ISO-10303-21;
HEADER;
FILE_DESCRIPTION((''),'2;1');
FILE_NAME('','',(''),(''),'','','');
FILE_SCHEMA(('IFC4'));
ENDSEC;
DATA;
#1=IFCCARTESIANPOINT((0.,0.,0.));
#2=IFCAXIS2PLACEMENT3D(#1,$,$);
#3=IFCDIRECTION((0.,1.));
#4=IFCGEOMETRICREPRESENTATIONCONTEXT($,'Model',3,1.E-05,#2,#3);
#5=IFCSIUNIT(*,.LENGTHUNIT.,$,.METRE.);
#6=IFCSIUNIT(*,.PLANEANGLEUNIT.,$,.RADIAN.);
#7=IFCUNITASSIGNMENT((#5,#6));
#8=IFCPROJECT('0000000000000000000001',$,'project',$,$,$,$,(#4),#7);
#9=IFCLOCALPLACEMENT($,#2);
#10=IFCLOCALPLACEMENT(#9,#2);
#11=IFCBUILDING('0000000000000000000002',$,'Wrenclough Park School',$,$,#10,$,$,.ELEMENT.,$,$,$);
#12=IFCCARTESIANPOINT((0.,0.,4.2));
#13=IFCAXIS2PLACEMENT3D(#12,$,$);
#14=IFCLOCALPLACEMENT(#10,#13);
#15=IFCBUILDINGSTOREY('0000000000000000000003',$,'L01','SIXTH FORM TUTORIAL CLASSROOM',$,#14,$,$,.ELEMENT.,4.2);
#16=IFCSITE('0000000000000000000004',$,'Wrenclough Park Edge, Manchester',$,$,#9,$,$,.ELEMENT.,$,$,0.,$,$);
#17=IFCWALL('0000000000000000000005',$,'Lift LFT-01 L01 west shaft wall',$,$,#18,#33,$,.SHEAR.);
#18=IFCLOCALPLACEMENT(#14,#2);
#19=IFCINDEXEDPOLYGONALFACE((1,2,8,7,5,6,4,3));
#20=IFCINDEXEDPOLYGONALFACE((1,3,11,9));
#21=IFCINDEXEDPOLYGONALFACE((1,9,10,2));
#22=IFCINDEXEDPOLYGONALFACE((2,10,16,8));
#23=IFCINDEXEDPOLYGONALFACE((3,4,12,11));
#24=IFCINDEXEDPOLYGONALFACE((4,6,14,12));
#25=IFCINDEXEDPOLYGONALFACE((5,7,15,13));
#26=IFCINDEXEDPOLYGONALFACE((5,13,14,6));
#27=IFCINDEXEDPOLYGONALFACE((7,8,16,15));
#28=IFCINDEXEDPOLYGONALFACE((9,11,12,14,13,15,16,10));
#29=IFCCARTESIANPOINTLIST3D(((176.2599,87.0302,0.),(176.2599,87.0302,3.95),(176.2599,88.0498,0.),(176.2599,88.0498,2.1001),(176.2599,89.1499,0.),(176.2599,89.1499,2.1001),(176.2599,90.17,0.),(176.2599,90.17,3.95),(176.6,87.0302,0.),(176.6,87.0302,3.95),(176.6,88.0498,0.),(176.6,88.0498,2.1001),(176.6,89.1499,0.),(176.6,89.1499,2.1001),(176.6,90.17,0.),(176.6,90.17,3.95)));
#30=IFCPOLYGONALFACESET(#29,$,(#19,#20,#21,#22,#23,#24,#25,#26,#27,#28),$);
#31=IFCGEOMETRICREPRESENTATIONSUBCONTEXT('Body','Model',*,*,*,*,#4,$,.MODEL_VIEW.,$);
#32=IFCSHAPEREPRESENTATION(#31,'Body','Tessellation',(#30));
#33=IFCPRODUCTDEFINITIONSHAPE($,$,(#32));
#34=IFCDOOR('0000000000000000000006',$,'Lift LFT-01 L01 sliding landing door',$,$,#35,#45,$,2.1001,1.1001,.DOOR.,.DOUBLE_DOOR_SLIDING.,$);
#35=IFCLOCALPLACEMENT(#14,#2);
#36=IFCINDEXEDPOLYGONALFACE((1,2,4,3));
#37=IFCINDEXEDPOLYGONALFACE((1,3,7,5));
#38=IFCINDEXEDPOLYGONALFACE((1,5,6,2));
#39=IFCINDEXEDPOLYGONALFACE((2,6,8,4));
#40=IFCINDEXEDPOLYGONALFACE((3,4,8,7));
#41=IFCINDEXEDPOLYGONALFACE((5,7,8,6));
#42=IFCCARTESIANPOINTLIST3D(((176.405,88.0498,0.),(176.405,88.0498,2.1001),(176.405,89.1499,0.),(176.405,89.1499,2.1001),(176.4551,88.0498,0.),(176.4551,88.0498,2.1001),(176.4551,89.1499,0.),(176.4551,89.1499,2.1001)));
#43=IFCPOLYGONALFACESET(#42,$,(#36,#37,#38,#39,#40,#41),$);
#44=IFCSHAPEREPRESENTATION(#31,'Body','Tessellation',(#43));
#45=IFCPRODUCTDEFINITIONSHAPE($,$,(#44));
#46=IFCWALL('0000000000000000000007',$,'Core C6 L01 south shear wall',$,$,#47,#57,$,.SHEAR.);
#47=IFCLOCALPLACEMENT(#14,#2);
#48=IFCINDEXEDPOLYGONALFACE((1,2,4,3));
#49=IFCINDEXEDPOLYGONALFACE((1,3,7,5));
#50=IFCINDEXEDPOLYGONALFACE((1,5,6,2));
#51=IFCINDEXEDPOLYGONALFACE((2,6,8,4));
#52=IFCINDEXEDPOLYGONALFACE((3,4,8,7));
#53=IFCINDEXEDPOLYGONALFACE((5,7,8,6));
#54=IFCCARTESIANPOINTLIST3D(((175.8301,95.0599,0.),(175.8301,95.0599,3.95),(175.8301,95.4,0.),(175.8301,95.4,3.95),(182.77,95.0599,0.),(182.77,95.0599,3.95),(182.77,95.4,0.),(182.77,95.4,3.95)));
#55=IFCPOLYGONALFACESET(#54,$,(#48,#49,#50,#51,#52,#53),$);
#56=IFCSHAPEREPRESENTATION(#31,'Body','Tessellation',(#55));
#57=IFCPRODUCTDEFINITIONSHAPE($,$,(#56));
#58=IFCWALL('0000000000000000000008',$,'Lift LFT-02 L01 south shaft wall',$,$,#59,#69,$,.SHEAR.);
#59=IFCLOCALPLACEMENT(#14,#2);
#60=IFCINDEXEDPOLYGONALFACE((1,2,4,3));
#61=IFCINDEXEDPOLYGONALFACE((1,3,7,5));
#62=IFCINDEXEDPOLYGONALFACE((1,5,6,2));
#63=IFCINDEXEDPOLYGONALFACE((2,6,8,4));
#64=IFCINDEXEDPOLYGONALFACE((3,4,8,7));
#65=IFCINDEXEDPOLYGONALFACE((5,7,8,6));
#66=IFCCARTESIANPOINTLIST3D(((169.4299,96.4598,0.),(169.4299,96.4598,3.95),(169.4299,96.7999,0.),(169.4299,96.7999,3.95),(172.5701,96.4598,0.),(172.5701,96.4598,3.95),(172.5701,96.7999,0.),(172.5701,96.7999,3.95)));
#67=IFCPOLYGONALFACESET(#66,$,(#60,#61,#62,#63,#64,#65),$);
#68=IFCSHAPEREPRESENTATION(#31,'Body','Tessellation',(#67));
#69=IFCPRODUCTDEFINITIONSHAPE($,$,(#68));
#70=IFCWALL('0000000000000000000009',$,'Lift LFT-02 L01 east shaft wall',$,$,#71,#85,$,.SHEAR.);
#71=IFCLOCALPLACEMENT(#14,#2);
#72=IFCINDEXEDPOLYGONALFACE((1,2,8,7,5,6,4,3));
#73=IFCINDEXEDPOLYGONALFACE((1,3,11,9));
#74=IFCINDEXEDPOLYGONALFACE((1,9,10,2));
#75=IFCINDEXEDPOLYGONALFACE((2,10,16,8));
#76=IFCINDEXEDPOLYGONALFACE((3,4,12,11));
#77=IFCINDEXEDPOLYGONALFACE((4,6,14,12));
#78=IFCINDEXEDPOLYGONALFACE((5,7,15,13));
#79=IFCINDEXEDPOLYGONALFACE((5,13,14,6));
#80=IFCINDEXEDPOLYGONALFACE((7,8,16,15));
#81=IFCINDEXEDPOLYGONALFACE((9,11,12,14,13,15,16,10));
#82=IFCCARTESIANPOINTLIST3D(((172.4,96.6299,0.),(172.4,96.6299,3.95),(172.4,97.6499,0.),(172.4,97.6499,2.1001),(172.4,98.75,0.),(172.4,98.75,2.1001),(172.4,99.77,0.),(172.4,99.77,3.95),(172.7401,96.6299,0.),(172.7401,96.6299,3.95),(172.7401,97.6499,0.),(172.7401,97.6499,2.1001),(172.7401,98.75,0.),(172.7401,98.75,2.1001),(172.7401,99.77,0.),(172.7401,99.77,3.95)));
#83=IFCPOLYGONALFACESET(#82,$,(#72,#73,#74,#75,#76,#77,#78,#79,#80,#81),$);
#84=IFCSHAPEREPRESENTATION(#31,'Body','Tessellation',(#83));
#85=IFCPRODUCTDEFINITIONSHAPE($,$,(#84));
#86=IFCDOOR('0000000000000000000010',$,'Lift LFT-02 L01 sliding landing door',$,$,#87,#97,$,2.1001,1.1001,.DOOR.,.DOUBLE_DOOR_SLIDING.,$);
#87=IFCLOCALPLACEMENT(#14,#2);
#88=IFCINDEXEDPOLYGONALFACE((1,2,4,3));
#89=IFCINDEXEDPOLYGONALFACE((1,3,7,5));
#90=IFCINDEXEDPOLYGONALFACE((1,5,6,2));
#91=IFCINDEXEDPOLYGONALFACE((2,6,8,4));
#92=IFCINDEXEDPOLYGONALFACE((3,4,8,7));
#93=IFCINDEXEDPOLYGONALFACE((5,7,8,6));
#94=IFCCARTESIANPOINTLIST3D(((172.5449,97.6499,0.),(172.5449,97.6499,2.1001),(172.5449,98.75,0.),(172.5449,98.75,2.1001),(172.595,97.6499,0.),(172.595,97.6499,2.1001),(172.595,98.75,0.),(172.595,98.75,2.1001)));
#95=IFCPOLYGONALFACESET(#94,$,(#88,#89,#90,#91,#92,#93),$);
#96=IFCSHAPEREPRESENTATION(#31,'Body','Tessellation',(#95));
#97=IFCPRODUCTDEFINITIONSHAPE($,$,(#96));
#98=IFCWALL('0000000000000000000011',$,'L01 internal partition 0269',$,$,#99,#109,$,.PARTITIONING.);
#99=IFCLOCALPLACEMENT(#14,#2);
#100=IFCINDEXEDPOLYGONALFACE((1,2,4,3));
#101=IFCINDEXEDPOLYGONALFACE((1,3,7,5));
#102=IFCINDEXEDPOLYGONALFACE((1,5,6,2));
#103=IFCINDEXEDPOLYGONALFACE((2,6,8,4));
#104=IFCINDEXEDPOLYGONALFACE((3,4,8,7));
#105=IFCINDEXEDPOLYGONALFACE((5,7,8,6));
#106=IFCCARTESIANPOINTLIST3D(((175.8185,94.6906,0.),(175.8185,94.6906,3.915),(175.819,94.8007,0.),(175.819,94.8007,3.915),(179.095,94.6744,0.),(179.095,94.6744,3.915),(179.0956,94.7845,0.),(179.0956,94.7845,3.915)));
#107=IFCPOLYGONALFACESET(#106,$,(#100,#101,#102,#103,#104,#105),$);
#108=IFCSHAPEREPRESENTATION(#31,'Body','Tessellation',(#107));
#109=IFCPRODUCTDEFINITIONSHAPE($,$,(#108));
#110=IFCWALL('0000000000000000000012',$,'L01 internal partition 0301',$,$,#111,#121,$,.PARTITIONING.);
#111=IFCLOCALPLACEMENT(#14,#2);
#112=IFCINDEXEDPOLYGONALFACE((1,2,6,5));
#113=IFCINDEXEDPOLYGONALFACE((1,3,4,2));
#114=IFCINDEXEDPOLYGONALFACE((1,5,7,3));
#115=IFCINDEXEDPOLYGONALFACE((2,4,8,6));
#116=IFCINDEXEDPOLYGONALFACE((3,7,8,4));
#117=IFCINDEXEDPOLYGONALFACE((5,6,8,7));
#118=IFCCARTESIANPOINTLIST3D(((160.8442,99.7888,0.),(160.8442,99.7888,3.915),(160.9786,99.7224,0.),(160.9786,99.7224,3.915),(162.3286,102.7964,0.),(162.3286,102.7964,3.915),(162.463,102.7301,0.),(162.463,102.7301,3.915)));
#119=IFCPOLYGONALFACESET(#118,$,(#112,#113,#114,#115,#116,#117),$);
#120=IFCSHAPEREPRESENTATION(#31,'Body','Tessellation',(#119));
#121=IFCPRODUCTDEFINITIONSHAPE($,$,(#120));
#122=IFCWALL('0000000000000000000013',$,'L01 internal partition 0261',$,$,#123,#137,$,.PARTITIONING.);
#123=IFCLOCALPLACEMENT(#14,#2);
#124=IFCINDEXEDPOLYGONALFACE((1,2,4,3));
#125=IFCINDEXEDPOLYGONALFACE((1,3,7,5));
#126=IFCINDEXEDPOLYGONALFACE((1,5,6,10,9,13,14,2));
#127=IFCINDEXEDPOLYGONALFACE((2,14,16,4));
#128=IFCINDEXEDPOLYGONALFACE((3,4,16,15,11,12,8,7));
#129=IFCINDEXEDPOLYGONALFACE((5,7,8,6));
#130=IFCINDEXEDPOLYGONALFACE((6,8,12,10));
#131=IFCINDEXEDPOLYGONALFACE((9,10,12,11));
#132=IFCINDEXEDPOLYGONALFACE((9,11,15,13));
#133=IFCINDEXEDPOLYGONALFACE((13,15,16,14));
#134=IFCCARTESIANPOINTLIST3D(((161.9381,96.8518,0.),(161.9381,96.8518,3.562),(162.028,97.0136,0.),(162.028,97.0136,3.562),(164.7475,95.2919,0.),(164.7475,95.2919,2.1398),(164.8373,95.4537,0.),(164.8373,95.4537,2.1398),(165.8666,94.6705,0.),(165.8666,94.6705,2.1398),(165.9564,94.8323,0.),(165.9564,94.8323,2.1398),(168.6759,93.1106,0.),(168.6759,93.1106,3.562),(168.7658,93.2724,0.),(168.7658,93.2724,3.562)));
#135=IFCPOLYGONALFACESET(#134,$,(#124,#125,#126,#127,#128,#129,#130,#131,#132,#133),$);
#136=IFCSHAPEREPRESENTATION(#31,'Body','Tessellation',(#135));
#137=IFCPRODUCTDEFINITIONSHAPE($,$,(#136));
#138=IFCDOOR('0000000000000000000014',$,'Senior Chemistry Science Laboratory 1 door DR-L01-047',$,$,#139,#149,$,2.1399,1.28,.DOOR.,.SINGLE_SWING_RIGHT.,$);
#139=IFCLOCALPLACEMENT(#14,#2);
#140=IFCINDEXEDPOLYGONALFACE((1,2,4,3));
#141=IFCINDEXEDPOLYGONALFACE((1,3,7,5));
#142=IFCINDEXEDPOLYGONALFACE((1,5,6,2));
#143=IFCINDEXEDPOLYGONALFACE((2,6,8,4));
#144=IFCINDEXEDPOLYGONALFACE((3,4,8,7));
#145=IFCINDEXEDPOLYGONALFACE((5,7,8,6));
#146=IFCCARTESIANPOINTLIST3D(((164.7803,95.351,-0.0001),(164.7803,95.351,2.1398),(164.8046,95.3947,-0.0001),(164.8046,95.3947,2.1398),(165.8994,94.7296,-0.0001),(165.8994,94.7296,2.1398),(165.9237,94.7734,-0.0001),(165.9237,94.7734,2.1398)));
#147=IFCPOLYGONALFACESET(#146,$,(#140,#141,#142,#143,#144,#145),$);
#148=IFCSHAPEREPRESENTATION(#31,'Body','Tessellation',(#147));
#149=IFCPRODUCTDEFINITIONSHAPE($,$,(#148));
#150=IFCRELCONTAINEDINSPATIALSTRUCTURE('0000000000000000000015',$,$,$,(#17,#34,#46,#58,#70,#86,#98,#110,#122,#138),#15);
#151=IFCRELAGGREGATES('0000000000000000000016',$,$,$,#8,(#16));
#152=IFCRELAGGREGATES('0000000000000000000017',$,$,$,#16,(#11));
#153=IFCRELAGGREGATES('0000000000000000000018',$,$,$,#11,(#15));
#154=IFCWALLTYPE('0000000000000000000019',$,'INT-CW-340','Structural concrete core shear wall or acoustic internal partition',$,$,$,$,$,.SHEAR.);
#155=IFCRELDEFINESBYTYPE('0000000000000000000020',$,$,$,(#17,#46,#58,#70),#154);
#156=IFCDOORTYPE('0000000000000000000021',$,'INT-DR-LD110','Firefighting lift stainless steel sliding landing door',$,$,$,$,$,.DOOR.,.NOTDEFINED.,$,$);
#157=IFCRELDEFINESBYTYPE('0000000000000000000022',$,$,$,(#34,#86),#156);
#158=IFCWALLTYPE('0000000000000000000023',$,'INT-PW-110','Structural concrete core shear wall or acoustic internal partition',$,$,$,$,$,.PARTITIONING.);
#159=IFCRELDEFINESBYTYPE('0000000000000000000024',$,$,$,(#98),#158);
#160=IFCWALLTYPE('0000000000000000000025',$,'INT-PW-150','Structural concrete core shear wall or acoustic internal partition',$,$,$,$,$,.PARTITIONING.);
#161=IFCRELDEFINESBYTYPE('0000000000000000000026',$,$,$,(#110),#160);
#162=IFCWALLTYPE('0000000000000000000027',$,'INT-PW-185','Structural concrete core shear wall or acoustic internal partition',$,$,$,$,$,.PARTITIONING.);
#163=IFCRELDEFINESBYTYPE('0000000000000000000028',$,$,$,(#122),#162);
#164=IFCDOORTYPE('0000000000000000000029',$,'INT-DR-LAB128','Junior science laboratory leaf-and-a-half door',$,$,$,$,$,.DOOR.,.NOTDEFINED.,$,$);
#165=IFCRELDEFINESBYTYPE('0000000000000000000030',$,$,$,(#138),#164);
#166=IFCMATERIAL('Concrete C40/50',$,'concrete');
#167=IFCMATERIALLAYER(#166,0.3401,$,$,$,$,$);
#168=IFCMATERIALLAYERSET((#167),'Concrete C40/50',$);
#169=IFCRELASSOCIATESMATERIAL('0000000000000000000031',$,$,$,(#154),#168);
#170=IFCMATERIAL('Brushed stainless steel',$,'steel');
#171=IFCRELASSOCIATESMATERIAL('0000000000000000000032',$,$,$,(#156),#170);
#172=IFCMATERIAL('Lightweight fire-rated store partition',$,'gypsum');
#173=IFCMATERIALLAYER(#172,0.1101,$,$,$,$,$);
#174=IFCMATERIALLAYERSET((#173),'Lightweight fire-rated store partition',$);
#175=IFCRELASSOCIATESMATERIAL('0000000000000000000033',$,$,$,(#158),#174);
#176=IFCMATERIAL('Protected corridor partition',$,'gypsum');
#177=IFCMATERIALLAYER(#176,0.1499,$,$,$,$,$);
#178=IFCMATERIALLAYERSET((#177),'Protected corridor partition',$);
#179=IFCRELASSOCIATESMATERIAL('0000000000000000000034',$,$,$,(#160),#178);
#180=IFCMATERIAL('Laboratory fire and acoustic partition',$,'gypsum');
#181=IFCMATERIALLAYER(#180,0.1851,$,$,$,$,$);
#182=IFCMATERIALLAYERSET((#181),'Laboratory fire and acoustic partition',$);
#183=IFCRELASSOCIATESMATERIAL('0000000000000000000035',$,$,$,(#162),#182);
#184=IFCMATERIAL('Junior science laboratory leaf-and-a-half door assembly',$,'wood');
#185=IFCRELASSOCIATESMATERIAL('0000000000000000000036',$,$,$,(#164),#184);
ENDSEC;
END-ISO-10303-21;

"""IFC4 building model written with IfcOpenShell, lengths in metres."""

from ifc_helpers import new_model, si_unit, direction, frame, frame_2d, origin, place, context, subcontext, project, spatial, rectangle, extrude, material, layer, layer_set, type_object, element, fill, save


model = new_model("IFC4")

# Units and contexts
model_context = context("Model", 3, precision=1e-05, world=origin(), true_north=direction((0.0, 1.0)))
body_context = subcontext(model_context, "Body", "Model", "MODEL_VIEW")
ifc_project = project(units=[si_unit("LENGTHUNIT", "METRE"), si_unit("PLANEANGLEUNIT", "RADIAN")], contexts=[model_context])

# Site, building, storey
site_placement = place(None, origin())
site = spatial("IfcSite", under=ifc_project, at=site_placement, Name="Wrenclough Park Edge, Manchester", CompositionType="ELEMENT", RefElevation=0.0)
building_placement = place(site_placement, origin())
building = spatial("IfcBuilding", under=site, at=building_placement, Name="Wrenclough Park School", CompositionType="ELEMENT")
storey_placement = place(building_placement, frame((0.0, 0.0, 4.2)))
storey = spatial("IfcBuildingStorey", under=building, at=storey_placement, Name="L01", Description="SIXTH FORM TUTORIAL CLASSROOM", CompositionType="ELEMENT", Elevation=4.2)

# Shared definitions
ifc_material_1 = material(Name="Concrete C40/50", Category="concrete")

# Shared definitions
ifc_layer_1 = layer(ifc_material_1, 0.3401)
ifc_layer_set_1 = layer_set([ifc_layer_1], Name="Concrete C40/50")
wall_type_1 = type_object("IfcWallType", Name="INT-CW-340", Description="Structural concrete core shear wall or acoustic internal partition", PredefinedType="SHEAR", material=ifc_layer_set_1)

# Wall, opening, door
wall_1_placement = place(storey_placement, frame((176.4299, 90.1699, 0.0), z_axis=(0.0, 0.0, 1.0), x_axis=(0.0, -1.0, 0.0)))
wall_1 = element("IfcWall", 1, at=wall_1_placement, inside=storey, type_object=wall_type_1, Name="Lift LFT-01 L01 west shaft wall", PredefinedType="SHEAR", context=body_context, shape_type="SweptSolid", body=[
    extrude(rectangle(XDim=3.1399, YDim=0.3401, at=frame_2d((1.5698, 0.0))), origin(), (0.0, 0.0, 1.0), 3.95),
])
opening_1_placement = place(wall_1_placement, frame((1.02, 0.0, 0.0)))
opening_1 = element("IfcOpeningElement", 2, at=opening_1_placement, cuts=wall_1, PredefinedType="OPENING", context=body_context, shape_type="SweptSolid", body=[
    extrude(rectangle(XDim=1.1001, YDim=2.1001, at=frame_2d((0.55, 1.05))), frame((0.0, 0.1799, 0.0), z_axis=(0.0, -1.0, 0.0), x_axis=(1.0, 0.0, 0.0)), (0.0, 0.0, 1.0), 0.3601),
])
ifc_material_2 = material(Name="Brushed stainless steel", Category="steel")
door_type_1 = type_object("IfcDoorType", Name="INT-DR-LD110", Description="Firefighting lift stainless steel sliding landing door", OperationType="NOTDEFINED", PredefinedType="DOOR", material=ifc_material_2)
door_1_placement = place(opening_1_placement, frame((1.1001, 0.0, 0.0), z_axis=(0.0, 0.0, 1.0), x_axis=(-1.0, 0.0, 0.0)))
door_1 = element("IfcDoor", 3, at=door_1_placement, inside=storey, type_object=door_type_1, Name="Lift LFT-01 L01 sliding landing door", OperationType="DOUBLE_DOOR_SLIDING", OverallHeight=2.1001, OverallWidth=1.1001, PredefinedType="DOOR", context=body_context, shape_type="SweptSolid", body=[
    extrude(rectangle(XDim=1.1001, YDim=2.1001, at=frame_2d((0.55, 1.05))), frame((0.0, 0.0249, 0.0), z_axis=(0.0, -1.0, 0.0), x_axis=(1.0, 0.0, 0.0)), (0.0, 0.0, 1.0), 0.05),
])
fill(opening_1, door_1)

# Walls
wall_2_placement = place(storey_placement, frame((175.8301, 95.23, 0.0), z_axis=(0.0, 0.0, 1.0), x_axis=(1.0, 0.0, 0.0)))
element("IfcWall", 4, at=wall_2_placement, inside=storey, type_object=wall_type_1, Name="Core C6 L01 south shear wall", PredefinedType="SHEAR", context=body_context, shape_type="SweptSolid", body=[
    extrude(rectangle(XDim=6.9399, YDim=0.3401, at=frame_2d((3.47, 0.0))), origin(), (0.0, 0.0, 1.0), 3.95),
])
wall_3_placement = place(storey_placement, frame((169.4299, 96.6299, 0.0), z_axis=(0.0, 0.0, 1.0), x_axis=(1.0, 0.0, 0.0)))
element("IfcWall", 5, at=wall_3_placement, inside=storey, type_object=wall_type_1, Name="Lift LFT-02 L01 south shaft wall", PredefinedType="SHEAR", context=body_context, shape_type="SweptSolid", body=[
    extrude(rectangle(XDim=3.1401, YDim=0.3401, at=frame_2d((1.5701, 0.0))), origin(), (0.0, 0.0, 1.0), 3.95),
])

# Wall, opening, door
wall_4_placement = place(storey_placement, frame((172.5701, 96.6299, 0.0), z_axis=(0.0, 0.0, 1.0), x_axis=(0.0, 1.0, 0.0)))
wall_4 = element("IfcWall", 6, at=wall_4_placement, inside=storey, type_object=wall_type_1, Name="Lift LFT-02 L01 east shaft wall", PredefinedType="SHEAR", context=body_context, shape_type="SweptSolid", body=[
    extrude(rectangle(XDim=3.1401, YDim=0.3401, at=frame_2d((1.5701, 0.0))), origin(), (0.0, 0.0, 1.0), 3.95),
])
opening_2_placement = place(wall_4_placement, frame((1.02, 0.0, 0.0)))
opening_2 = element("IfcOpeningElement", 7, at=opening_2_placement, cuts=wall_4, PredefinedType="OPENING", context=body_context, shape_type="SweptSolid", body=[
    extrude(rectangle(XDim=1.1001, YDim=2.1001, at=frame_2d((0.55, 1.05))), frame((0.0, 0.1799, 0.0), z_axis=(0.0, -1.0, 0.0), x_axis=(1.0, 0.0, 0.0)), (0.0, 0.0, 1.0), 0.3601),
])
door_2_placement = place(opening_2_placement, frame((1.1001, 0.0, 0.0), z_axis=(0.0, 0.0, 1.0), x_axis=(-1.0, 0.0, 0.0)))
door_2 = element("IfcDoor", 8, at=door_2_placement, inside=storey, type_object=door_type_1, Name="Lift LFT-02 L01 sliding landing door", OperationType="DOUBLE_DOOR_SLIDING", OverallHeight=2.1001, OverallWidth=1.1001, PredefinedType="DOOR", context=body_context, shape_type="SweptSolid", body=[
    extrude(rectangle(XDim=1.1001, YDim=2.1001, at=frame_2d((0.55, 1.05))), frame((0.0, 0.0249, 0.0), z_axis=(0.0, -1.0, 0.0), x_axis=(1.0, 0.0, 0.0)), (0.0, 0.0, 1.0), 0.05),
])
fill(opening_2, door_2)

# Walls
ifc_material_3 = material(Name="Lightweight fire-rated store partition", Category="gypsum")
ifc_layer_2 = layer(ifc_material_3, 0.1101)
ifc_layer_set_2 = layer_set([ifc_layer_2], Name="Lightweight fire-rated store partition")
wall_type_2 = type_object("IfcWallType", Name="INT-PW-110", Description="Structural concrete core shear wall or acoustic internal partition", PredefinedType="PARTITIONING", material=ifc_layer_set_2)
wall_5_placement = place(storey_placement, frame((175.8188, 94.7456, 0.0), z_axis=(0.0, 0.0, 1.0), x_axis=(0.999988, -0.004918, 0.0)))
element("IfcWall", 9, at=wall_5_placement, inside=storey, type_object=wall_type_2, Name="L01 internal partition 0269", PredefinedType="PARTITIONING", context=body_context, shape_type="SweptSolid", body=[
    extrude(rectangle(XDim=3.2766, YDim=0.1101, at=frame_2d((1.6382, 0.0))), origin(), (0.0, 0.0, 1.0), 3.915),
])
ifc_material_4 = material(Name="Protected corridor partition", Category="gypsum")
ifc_layer_3 = layer(ifc_material_4, 0.1499)
ifc_layer_set_3 = layer_set([ifc_layer_3], Name="Protected corridor partition")
wall_type_3 = type_object("IfcWallType", Name="INT-PW-150", Description="Structural concrete core shear wall or acoustic internal partition", PredefinedType="PARTITIONING", material=ifc_layer_set_3)
wall_6_placement = place(storey_placement, frame((160.9114, 99.7556, 0.0), z_axis=(0.0, 0.0, 1.0), x_axis=(0.442578, 0.89673, 0.0)))
element("IfcWall", 10, at=wall_6_placement, inside=storey, type_object=wall_type_3, Name="L01 internal partition 0301", PredefinedType="PARTITIONING", context=body_context, shape_type="SweptSolid", body=[
    extrude(rectangle(XDim=3.354, YDim=0.1499, at=frame_2d((1.677, 0.0))), origin(), (0.0, 0.0, 1.0), 3.915),
])

# Wall, opening, door
ifc_material_5 = material(Name="Laboratory fire and acoustic partition", Category="gypsum")
ifc_layer_4 = layer(ifc_material_5, 0.1851)
ifc_layer_set_4 = layer_set([ifc_layer_4], Name="Laboratory fire and acoustic partition")
wall_type_4 = type_object("IfcWallType", Name="INT-PW-185", Description="Structural concrete core shear wall or acoustic internal partition", PredefinedType="PARTITIONING", material=ifc_layer_set_4)
wall_7_placement = place(storey_placement, frame((168.7209, 93.1914, 0.0), z_axis=(0.0, 0.0, 1.0), x_axis=(-0.874268, 0.485444, 0.0)))
wall_7 = element("IfcWall", 11, at=wall_7_placement, inside=storey, type_object=wall_type_4, Name="L01 internal partition 0261", PredefinedType="PARTITIONING", context=body_context, shape_type="SweptSolid", body=[
    extrude(rectangle(XDim=7.7068, YDim=0.1851, at=frame_2d((3.8535, 0.0))), origin(), (0.0, 0.0, 1.0), 3.562),
])
opening_3_placement = place(wall_7_placement, frame((3.2134, 0.0, 0.0)))
opening_3 = element("IfcOpeningElement", 12, at=opening_3_placement, cuts=wall_7, PredefinedType="OPENING", context=body_context, shape_type="SweptSolid", body=[
    extrude(rectangle(XDim=1.28, YDim=2.1399, at=frame_2d((0.6401, 1.0698))), frame((0.0, 0.1025, 0.0), z_axis=(0.0, -1.0, 0.0), x_axis=(1.0, 0.0, 0.0)), (0.0, 0.0, 1.0), 0.2051),
])
ifc_material_6 = material(Name="Junior science laboratory leaf-and-a-half door assembly", Category="wood")
door_type_2 = type_object("IfcDoorType", Name="INT-DR-LAB128", Description="Junior science laboratory leaf-and-a-half door", OperationType="NOTDEFINED", PredefinedType="DOOR", material=ifc_material_6)
door_3_placement = place(opening_3_placement, origin())
door_3 = element("IfcDoor", 13, at=door_3_placement, inside=storey, type_object=door_type_2, Name="Senior Chemistry Science Laboratory 1 door DR-L01-047", OperationType="SINGLE_SWING_RIGHT", OverallHeight=2.1399, OverallWidth=1.28, PredefinedType="DOOR", context=body_context, shape_type="SweptSolid", body=[
    extrude(rectangle(XDim=1.28, YDim=2.1399, at=frame_2d((0.6401, 1.0698))), frame((0.0, 0.0249, 0.0), z_axis=(0.0, -1.0, 0.0), x_axis=(1.0, 0.0, 0.0)), (0.0, 0.0, 1.0), 0.05),
])
fill(opening_3, door_3)

save(model, "model.ifc")
